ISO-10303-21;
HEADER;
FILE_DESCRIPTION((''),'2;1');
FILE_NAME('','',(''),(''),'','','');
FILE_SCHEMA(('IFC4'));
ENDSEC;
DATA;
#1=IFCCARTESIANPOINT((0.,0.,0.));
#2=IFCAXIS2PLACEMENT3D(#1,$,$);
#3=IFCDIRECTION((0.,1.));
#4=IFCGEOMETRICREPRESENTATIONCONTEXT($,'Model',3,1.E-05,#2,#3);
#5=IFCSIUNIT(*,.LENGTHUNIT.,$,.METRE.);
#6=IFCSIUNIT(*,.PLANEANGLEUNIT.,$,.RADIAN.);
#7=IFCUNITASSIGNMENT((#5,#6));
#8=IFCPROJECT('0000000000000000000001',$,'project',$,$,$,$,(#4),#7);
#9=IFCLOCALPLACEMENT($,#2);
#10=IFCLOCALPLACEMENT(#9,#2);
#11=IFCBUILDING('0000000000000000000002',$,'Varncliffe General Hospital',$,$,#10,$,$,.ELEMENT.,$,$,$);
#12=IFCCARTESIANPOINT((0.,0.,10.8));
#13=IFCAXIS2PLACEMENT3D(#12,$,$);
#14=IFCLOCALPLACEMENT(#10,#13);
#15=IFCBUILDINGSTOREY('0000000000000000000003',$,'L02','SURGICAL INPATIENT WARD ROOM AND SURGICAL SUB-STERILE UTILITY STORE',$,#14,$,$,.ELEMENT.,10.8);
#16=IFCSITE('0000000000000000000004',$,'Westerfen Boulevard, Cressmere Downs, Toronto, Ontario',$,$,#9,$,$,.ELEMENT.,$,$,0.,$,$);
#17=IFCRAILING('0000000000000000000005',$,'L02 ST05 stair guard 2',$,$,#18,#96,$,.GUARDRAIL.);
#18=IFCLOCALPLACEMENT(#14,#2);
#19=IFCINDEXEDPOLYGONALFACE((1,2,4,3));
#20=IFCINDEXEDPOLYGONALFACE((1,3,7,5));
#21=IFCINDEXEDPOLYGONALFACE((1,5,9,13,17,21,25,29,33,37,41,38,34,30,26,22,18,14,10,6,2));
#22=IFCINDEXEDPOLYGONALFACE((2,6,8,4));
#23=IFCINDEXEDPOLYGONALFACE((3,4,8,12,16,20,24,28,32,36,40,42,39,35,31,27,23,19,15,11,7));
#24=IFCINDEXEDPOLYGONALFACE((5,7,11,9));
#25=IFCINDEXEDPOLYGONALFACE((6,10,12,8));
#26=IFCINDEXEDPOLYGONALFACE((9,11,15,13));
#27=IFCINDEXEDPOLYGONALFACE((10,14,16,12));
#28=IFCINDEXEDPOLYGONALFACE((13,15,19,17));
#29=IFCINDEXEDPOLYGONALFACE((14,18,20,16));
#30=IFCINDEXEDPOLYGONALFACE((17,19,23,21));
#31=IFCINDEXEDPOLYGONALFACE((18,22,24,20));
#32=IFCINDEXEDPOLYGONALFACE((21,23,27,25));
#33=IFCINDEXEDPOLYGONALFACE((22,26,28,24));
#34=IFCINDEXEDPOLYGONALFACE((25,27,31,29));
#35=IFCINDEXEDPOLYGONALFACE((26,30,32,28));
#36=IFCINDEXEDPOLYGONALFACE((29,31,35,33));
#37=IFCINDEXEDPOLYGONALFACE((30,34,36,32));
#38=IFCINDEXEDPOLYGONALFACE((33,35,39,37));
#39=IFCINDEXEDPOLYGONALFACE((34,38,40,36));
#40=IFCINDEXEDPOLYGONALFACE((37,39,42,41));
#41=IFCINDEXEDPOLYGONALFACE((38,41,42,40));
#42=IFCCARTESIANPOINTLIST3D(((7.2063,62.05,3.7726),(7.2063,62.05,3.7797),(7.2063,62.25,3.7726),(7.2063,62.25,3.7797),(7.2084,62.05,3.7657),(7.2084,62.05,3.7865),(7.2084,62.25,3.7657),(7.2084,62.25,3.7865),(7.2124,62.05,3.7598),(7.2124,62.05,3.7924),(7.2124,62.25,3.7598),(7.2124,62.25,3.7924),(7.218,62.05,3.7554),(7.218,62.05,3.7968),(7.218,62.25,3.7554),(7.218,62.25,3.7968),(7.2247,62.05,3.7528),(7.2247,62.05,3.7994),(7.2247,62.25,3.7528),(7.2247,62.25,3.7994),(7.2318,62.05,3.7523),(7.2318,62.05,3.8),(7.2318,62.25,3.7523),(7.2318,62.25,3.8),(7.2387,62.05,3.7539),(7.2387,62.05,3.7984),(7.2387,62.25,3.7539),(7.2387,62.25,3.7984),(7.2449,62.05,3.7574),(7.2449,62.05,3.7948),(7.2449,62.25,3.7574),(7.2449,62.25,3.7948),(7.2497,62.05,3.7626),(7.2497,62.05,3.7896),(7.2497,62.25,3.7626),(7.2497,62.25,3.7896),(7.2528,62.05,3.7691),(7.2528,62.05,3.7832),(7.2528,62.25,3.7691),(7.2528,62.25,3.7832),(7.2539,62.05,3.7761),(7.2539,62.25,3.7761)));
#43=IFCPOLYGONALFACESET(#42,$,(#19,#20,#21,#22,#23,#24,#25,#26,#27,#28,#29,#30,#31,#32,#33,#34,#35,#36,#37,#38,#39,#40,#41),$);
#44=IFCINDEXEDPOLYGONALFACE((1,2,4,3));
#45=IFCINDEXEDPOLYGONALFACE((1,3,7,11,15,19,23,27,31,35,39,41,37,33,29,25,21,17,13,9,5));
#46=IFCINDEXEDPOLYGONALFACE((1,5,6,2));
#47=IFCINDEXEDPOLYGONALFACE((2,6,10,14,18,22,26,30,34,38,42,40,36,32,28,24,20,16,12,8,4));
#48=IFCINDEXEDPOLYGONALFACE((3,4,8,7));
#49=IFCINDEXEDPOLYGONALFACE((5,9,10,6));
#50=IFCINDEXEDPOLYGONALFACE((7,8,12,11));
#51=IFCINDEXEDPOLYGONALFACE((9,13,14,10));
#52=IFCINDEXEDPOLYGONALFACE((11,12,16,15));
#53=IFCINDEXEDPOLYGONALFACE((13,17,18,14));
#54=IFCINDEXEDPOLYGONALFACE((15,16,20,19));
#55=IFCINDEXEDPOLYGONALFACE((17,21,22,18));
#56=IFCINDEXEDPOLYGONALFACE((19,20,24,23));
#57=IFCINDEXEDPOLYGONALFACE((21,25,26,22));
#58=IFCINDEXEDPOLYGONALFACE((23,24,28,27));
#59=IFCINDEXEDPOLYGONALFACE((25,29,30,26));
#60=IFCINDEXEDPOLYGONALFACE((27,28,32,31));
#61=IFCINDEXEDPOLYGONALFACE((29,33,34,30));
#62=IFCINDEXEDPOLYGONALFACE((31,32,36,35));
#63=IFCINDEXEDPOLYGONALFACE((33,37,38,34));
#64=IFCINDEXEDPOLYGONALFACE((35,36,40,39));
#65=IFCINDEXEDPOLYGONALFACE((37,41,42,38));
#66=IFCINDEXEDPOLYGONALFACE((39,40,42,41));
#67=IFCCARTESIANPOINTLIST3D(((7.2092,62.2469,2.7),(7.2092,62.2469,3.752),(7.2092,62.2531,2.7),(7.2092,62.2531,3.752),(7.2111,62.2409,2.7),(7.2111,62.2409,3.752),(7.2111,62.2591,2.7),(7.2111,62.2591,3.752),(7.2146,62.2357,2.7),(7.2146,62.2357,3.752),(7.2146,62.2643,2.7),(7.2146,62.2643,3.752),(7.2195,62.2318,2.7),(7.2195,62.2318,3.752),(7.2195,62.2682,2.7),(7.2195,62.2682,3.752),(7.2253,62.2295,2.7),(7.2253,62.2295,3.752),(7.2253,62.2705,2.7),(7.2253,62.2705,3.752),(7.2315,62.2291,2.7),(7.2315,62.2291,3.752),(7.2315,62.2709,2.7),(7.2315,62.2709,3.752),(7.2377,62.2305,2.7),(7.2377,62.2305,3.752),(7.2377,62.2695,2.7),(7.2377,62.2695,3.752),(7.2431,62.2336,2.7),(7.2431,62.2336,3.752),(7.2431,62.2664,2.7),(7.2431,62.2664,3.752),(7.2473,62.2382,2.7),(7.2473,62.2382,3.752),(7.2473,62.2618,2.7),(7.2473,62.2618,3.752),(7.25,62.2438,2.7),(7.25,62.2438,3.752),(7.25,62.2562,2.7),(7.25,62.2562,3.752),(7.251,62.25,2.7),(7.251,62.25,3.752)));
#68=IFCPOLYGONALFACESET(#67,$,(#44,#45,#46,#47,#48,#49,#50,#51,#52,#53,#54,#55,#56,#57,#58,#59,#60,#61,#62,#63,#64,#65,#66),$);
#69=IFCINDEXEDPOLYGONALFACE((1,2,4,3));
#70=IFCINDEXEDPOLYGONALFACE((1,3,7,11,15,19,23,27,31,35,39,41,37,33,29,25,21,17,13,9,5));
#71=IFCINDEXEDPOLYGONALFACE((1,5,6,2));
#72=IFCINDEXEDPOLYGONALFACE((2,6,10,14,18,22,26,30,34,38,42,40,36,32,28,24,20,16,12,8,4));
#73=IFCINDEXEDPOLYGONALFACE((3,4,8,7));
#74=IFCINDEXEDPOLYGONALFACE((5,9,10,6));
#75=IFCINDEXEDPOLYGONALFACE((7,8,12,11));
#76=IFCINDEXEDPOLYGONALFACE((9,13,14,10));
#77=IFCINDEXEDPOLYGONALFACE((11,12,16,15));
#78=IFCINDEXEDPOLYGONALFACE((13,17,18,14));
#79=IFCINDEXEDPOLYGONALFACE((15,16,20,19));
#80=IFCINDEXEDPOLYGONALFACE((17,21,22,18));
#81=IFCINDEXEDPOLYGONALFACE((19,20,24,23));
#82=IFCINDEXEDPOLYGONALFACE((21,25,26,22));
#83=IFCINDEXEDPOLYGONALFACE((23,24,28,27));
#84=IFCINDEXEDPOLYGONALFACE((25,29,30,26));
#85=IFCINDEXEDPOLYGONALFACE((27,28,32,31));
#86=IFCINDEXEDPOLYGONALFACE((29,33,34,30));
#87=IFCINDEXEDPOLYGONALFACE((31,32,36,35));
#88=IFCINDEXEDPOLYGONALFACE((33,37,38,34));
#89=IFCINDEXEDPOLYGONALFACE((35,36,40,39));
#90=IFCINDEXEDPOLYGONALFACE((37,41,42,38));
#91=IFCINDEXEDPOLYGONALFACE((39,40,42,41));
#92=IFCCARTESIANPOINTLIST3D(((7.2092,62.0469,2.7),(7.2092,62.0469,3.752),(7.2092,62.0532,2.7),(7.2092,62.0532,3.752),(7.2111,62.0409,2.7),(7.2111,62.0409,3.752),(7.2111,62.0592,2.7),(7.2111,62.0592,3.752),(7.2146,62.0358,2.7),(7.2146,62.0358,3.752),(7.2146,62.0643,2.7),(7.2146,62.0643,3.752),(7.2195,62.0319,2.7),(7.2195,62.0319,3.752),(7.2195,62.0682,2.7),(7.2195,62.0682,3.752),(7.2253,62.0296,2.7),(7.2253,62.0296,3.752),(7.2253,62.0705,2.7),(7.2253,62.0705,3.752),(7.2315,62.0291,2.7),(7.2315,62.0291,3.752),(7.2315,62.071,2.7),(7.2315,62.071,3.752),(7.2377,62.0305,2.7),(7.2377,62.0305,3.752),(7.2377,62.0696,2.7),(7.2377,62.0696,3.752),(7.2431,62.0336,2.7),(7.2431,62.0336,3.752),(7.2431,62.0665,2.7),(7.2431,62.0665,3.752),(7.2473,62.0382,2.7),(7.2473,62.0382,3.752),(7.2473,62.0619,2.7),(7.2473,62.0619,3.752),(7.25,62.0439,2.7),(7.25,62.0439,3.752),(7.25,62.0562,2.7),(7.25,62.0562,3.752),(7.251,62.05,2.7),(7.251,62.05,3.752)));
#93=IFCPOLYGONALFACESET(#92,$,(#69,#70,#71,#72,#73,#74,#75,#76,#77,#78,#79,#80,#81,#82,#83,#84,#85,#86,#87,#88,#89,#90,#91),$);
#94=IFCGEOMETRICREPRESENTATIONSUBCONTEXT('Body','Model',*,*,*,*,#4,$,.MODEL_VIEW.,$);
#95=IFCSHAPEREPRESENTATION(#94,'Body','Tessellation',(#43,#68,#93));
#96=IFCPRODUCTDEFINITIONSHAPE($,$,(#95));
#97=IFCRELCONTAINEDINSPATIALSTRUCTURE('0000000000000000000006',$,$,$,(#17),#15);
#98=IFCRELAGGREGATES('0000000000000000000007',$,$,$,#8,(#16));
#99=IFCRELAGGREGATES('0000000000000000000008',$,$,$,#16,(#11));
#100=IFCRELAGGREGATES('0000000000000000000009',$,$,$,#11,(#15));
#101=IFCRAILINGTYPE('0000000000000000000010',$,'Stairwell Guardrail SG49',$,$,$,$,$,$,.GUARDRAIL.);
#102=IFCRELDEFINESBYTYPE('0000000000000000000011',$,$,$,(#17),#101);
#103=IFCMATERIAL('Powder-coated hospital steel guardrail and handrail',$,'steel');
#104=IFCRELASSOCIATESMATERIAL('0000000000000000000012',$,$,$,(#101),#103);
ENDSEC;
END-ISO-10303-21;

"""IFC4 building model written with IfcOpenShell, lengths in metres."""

from ifc_helpers import new_model, si_unit, direction, frame, origin, origin_2d, place, context, subcontext, project, spatial, circle, extrude, material, type_object, element, save


model = new_model("IFC4")

# Units and contexts
model_context = context("Model", 3, precision=1e-05, world=origin(), true_north=direction((0.0, 1.0)))
body_context = subcontext(model_context, "Body", "Model", "MODEL_VIEW")
ifc_project = project(units=[si_unit("LENGTHUNIT", "METRE"), si_unit("PLANEANGLEUNIT", "RADIAN")], contexts=[model_context])

# Site, building, storey
site_placement = place(None, origin())
site = spatial("IfcSite", under=ifc_project, at=site_placement, Name="Westerfen Boulevard, Cressmere Downs, Toronto, Ontario", CompositionType="ELEMENT", RefElevation=0.0)
building_placement = place(site_placement, origin())
building = spatial("IfcBuilding", under=site, at=building_placement, Name="Varncliffe General Hospital", CompositionType="ELEMENT")
storey_placement = place(building_placement, frame((0.0, 0.0, 10.8)))
storey = spatial("IfcBuildingStorey", under=building, at=storey_placement, Name="L02", Description="SURGICAL INPATIENT WARD ROOM AND SURGICAL SUB-STERILE UTILITY STORE", CompositionType="ELEMENT", Elevation=10.8)

# Railing
ifc_material_1 = material(Name="Powder-coated hospital steel guardrail and handrail", Category="steel")
railing_type_1 = type_object("IfcRailingType", Name="Stairwell Guardrail SG49", PredefinedType="GUARDRAIL", material=ifc_material_1)
railing_1_placement = place(storey_placement, frame((7.23, 62.25, 2.7)))
element("IfcRailing", 1, at=railing_1_placement, inside=storey, type_object=railing_type_1, Name="L02 ST05 stair guard 2", PredefinedType="GUARDRAIL", context=body_context, shape_type="SweptSolid", body=[
    extrude(circle(Radius=0.0239, at=origin_2d()), frame((0.0, 0.0, 1.0762), z_axis=(0.0, -1.0, 0.0), x_axis=(1.0, 0.0, 0.0)), (0.0, 0.0, 1.0), 0.2),
    extrude(circle(Radius=0.021, at=origin_2d()), origin(), (0.0, 0.0, 1.0), 1.052),
    extrude(circle(Radius=0.021, at=origin_2d()), frame((0.0, -0.2, 0.0)), (0.0, 0.0, 1.0), 1.052),
])

save(model, "model.ifc")
